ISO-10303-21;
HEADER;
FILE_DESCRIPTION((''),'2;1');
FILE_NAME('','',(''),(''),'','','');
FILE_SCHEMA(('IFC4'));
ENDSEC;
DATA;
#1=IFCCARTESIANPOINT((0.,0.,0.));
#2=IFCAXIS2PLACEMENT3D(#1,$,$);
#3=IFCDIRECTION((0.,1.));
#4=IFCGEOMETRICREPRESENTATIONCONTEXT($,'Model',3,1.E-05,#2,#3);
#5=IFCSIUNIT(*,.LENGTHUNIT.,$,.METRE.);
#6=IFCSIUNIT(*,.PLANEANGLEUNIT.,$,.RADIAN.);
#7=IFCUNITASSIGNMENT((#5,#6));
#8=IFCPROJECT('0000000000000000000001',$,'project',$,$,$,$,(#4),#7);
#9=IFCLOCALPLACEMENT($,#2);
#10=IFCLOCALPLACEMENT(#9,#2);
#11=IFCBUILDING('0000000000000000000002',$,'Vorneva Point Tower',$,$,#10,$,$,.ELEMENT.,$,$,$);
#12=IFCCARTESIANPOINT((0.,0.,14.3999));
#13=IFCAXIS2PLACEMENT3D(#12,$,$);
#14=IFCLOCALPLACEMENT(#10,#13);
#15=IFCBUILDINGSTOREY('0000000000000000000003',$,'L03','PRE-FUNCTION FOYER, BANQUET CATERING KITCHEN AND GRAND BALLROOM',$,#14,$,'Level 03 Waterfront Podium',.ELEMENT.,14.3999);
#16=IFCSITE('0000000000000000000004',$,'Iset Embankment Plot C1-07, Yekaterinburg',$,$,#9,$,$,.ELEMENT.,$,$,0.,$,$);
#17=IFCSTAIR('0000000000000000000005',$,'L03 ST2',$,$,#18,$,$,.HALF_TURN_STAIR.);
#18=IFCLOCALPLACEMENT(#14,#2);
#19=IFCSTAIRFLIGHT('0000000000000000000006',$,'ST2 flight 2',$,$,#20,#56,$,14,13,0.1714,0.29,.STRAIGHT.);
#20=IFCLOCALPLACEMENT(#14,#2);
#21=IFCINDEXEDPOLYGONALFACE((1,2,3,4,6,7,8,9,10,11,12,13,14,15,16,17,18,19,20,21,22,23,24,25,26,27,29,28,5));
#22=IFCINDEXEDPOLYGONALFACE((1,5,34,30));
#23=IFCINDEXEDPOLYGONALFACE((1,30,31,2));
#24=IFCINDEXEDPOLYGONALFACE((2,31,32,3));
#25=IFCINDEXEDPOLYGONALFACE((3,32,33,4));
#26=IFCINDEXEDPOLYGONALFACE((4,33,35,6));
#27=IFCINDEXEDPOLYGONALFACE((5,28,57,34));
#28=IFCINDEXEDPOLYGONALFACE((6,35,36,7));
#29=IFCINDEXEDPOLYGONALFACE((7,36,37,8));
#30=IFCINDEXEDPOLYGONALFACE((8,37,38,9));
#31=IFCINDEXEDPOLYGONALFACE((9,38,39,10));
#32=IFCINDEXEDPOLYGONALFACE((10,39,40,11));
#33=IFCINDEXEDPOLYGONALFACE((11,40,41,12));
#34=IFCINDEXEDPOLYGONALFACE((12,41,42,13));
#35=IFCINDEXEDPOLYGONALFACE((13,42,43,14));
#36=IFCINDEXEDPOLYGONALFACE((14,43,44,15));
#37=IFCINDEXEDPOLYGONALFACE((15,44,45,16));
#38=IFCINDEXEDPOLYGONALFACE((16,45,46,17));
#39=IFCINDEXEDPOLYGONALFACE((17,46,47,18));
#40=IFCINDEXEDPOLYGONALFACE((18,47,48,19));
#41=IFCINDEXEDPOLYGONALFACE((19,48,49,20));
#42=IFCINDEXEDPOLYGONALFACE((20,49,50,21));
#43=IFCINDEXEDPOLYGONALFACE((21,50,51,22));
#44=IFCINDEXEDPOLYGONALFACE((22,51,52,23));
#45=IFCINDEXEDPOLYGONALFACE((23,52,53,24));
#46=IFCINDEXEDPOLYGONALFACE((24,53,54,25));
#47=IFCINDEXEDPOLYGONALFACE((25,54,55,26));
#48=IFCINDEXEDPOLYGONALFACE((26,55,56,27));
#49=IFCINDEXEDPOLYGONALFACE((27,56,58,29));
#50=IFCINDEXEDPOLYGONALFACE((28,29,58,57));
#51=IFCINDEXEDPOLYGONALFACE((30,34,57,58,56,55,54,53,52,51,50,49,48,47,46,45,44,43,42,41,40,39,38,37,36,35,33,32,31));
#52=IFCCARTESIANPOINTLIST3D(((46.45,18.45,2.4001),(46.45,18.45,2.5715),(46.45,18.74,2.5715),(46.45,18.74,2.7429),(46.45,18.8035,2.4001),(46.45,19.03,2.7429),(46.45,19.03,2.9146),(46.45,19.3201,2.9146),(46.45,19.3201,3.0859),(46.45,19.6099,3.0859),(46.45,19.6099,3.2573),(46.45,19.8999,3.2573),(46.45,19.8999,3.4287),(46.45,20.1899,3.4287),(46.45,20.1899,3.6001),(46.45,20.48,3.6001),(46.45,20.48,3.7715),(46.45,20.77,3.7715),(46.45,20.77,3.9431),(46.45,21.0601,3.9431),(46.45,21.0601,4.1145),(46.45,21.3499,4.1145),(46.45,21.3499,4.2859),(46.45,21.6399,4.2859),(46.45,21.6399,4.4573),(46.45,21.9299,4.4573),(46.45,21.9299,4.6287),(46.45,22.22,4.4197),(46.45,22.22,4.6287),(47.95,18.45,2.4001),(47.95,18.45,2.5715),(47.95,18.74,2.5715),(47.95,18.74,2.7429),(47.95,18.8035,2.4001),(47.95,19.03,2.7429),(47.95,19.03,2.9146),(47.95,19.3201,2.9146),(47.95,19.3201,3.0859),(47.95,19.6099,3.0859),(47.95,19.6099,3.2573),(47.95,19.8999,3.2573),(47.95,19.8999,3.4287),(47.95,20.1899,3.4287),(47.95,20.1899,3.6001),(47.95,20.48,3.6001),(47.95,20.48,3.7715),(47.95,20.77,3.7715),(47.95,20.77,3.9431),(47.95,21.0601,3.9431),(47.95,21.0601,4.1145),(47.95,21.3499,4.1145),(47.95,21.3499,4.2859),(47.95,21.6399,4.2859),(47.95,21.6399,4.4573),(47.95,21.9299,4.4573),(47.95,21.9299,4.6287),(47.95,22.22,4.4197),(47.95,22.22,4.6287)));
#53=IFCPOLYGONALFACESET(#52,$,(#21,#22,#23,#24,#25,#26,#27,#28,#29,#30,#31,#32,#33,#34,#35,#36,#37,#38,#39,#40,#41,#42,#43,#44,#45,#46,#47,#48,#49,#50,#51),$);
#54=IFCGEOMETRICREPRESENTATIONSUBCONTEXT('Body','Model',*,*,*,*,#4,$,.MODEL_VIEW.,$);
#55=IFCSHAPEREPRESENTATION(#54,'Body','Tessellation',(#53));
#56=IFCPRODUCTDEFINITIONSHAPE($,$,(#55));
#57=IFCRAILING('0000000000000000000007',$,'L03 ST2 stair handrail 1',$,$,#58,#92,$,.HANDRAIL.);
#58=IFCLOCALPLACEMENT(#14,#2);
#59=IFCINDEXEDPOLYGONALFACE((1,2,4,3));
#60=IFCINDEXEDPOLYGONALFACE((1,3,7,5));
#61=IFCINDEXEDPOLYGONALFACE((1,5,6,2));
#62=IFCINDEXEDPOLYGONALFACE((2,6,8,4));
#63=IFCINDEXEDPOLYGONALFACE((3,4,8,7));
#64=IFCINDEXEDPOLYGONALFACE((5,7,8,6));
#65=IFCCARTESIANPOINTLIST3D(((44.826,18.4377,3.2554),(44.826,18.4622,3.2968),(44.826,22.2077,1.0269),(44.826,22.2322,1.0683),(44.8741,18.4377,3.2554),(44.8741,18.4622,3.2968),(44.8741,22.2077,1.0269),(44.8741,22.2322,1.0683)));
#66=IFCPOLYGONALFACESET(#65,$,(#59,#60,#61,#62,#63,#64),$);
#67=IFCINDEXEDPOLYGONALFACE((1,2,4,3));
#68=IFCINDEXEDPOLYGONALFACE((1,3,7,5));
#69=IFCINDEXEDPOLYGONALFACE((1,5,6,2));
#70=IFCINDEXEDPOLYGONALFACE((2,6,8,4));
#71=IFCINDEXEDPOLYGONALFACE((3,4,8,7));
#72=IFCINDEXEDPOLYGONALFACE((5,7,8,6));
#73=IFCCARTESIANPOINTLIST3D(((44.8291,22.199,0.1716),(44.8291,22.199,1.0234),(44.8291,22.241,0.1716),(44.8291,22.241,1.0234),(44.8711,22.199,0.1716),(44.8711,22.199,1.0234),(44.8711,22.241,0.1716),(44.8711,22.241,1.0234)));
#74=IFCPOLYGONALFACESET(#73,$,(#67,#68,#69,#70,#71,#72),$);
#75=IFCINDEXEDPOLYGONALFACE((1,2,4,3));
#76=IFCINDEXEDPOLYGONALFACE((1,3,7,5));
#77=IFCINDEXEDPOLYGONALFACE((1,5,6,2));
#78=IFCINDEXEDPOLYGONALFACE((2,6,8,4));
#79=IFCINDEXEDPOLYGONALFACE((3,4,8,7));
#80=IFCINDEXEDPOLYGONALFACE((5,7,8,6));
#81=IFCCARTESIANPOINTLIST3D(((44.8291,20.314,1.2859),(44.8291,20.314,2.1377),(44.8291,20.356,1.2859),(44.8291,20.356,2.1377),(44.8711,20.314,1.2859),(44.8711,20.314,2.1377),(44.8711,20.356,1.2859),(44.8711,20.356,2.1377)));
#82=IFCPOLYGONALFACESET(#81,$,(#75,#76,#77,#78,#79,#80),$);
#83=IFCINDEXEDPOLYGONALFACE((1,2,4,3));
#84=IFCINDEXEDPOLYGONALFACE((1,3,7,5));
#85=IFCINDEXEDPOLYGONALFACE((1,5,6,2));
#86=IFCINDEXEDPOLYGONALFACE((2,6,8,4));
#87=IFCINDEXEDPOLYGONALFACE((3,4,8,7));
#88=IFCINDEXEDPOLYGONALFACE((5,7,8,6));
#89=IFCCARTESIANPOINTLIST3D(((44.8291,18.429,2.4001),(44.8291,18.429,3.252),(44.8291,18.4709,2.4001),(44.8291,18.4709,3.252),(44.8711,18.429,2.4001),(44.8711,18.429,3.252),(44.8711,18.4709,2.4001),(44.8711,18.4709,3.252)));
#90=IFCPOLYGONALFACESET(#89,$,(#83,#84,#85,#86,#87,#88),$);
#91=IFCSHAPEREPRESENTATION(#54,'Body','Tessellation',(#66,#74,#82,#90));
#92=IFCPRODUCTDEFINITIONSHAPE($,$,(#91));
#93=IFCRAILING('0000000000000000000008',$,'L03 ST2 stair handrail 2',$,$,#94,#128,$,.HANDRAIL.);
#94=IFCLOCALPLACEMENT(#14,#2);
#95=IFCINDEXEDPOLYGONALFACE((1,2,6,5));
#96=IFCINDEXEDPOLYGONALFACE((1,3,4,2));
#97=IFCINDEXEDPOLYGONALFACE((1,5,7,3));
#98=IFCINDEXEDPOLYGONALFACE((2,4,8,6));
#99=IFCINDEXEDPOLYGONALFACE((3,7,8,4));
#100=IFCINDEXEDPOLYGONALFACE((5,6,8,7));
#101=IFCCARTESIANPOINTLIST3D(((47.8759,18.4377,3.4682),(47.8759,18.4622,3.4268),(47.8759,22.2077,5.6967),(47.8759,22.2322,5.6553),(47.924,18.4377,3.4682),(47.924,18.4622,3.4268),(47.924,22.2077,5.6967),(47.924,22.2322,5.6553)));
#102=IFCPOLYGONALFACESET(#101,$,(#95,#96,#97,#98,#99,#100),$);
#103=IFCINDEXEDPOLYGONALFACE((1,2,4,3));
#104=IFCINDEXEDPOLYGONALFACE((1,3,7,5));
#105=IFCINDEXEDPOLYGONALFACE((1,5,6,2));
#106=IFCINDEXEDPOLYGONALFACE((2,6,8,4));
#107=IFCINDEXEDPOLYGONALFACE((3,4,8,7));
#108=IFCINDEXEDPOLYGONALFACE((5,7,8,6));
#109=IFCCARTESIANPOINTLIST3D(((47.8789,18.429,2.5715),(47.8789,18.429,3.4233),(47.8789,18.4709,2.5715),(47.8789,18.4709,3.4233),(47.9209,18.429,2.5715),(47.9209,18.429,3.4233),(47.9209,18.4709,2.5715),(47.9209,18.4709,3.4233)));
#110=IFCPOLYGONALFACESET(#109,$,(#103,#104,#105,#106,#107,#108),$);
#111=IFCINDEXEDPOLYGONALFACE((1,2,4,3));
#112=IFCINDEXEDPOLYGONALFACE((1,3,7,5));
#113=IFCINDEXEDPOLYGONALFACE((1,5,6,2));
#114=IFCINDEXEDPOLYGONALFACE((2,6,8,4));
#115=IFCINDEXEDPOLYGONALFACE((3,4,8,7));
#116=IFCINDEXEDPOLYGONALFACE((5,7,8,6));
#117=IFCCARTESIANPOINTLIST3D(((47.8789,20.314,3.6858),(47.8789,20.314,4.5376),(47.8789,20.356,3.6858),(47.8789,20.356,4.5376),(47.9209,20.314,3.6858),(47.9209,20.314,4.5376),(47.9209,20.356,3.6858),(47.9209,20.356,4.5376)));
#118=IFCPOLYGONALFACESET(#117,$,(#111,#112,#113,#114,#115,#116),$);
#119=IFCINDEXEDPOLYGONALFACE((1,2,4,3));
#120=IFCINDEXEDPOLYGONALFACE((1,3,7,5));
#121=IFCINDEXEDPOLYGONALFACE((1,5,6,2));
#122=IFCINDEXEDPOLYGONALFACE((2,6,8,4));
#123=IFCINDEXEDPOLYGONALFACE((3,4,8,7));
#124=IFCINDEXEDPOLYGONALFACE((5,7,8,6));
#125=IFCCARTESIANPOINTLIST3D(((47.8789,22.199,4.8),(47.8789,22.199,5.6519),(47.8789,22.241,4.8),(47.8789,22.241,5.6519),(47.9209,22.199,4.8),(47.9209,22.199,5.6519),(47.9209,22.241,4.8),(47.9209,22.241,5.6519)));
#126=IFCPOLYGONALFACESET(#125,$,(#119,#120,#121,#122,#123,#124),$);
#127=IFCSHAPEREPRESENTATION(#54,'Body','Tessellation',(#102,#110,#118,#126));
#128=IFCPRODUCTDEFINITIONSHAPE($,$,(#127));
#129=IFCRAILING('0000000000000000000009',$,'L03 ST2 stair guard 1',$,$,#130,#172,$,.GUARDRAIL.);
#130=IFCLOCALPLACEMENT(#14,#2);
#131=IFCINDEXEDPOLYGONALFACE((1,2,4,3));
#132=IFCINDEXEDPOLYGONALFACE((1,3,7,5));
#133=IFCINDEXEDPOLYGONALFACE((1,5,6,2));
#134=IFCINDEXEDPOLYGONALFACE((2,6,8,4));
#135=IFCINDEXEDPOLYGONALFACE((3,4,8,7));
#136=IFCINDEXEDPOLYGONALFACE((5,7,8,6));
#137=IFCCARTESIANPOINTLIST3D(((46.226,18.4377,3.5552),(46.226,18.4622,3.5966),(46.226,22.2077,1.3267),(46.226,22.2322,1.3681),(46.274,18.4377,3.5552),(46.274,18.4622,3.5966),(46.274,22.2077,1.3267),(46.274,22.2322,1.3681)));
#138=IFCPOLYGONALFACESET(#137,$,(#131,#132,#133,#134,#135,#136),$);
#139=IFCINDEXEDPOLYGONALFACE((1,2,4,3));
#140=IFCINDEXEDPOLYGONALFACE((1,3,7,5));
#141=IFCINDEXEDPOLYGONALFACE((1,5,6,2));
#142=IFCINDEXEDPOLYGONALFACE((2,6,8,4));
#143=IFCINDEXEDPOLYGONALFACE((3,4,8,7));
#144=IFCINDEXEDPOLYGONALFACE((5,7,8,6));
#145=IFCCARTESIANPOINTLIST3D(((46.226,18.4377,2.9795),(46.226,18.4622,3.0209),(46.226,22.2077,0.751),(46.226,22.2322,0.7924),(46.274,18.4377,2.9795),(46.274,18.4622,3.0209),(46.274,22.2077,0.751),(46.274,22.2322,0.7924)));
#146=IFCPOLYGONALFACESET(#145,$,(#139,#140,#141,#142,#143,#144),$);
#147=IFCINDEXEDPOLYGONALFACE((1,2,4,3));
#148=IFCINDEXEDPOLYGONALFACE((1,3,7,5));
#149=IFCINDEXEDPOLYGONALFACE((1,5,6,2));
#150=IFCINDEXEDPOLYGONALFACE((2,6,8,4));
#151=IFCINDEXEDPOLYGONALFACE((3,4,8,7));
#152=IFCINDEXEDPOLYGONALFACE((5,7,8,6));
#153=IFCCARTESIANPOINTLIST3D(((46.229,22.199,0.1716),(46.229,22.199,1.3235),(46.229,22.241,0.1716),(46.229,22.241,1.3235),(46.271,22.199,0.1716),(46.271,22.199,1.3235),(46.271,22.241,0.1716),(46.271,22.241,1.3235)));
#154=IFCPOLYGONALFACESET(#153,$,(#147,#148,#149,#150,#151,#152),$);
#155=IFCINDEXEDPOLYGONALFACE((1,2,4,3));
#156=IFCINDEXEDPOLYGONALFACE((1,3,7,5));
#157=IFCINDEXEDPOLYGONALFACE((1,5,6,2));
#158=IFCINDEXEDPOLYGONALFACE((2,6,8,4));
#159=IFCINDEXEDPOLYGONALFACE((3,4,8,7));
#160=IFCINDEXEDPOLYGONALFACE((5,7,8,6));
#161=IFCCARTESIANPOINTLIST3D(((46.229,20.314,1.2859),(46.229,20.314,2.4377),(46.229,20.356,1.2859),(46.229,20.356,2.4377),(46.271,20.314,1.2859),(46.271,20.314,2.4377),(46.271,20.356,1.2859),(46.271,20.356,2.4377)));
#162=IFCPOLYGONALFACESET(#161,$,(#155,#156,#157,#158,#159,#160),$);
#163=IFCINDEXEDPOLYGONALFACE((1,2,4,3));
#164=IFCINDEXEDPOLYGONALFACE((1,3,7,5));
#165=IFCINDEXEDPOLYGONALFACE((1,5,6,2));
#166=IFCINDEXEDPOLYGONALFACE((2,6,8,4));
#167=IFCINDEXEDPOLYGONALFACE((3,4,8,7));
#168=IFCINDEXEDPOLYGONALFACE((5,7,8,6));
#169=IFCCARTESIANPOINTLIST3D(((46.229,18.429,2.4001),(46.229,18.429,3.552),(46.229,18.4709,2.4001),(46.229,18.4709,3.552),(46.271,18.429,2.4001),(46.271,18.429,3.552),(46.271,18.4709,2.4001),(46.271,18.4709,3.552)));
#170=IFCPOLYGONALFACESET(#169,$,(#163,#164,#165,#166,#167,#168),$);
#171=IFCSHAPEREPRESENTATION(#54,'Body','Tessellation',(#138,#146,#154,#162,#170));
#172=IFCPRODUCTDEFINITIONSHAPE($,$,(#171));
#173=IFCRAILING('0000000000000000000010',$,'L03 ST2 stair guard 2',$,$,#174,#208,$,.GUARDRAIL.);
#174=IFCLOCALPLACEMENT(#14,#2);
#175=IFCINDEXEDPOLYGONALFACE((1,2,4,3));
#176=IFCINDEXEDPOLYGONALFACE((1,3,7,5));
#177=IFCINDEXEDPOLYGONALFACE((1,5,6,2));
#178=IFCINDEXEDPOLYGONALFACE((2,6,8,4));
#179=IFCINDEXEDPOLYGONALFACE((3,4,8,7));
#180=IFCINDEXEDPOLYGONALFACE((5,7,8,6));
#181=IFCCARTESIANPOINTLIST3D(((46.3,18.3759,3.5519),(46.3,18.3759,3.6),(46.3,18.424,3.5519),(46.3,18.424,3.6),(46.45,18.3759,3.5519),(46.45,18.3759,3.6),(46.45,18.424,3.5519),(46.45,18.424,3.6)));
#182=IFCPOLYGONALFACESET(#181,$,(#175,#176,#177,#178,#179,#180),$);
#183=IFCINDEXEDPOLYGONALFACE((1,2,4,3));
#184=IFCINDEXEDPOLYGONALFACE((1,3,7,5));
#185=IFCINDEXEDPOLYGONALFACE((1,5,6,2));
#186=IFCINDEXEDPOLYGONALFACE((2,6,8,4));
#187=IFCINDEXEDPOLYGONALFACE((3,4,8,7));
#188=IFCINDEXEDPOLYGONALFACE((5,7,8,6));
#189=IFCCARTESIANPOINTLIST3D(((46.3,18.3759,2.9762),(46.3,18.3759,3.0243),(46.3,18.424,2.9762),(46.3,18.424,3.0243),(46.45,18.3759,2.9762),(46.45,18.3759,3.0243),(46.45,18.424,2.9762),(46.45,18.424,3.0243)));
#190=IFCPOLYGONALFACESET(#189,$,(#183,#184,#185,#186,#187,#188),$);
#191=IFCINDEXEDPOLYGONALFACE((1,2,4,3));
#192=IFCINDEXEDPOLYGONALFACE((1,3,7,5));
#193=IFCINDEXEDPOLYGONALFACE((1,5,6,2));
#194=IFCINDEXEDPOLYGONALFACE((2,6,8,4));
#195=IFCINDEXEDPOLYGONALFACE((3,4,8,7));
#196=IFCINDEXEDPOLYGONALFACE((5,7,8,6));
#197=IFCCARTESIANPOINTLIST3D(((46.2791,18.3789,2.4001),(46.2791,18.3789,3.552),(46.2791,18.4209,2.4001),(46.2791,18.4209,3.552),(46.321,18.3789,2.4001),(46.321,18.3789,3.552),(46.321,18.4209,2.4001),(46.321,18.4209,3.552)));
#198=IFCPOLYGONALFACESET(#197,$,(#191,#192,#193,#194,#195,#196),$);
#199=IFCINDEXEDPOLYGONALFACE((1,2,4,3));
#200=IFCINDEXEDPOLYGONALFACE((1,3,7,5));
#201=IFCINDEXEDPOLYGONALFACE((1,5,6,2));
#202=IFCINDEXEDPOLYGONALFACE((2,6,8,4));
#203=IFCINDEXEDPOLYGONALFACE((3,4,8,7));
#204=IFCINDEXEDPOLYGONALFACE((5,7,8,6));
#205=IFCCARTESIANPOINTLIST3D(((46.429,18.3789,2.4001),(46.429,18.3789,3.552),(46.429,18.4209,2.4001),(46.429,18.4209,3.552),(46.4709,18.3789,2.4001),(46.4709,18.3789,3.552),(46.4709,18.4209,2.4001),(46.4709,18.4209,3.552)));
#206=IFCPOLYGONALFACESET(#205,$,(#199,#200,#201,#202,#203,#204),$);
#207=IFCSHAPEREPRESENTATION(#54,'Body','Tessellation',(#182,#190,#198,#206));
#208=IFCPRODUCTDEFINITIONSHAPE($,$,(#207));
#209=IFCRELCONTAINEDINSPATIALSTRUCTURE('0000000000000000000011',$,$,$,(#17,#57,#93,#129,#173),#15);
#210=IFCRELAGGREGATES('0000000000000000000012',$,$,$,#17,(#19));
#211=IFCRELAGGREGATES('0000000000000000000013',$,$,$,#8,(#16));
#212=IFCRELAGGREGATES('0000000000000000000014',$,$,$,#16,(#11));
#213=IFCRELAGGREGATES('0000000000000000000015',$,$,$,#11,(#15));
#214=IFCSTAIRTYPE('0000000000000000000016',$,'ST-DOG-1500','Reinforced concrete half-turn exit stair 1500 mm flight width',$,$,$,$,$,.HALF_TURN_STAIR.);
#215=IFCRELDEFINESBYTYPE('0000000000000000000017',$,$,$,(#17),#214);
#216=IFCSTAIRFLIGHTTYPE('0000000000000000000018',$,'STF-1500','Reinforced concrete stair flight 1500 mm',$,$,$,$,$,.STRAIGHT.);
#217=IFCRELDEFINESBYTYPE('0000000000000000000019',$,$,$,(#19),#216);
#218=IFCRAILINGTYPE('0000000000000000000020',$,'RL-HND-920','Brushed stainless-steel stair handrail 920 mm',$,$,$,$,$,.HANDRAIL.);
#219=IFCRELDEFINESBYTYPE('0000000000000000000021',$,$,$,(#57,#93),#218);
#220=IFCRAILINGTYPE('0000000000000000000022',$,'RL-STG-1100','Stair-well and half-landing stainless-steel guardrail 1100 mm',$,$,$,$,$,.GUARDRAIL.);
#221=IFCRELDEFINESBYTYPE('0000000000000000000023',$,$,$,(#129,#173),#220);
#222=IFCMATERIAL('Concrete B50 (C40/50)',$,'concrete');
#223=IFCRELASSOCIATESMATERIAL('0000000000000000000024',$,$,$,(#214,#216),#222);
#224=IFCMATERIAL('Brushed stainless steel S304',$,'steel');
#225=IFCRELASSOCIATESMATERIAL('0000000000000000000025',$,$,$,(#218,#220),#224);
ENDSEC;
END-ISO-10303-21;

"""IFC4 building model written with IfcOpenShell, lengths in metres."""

from ifc_helpers import new_model, si_unit, direction, frame, origin, origin_2d, place, context, subcontext, project, spatial, polyline, rectangle, outline, extrude, material, type_object, element, aggregate, save


model = new_model("IFC4")

# Units and contexts
model_context = context("Model", 3, precision=1e-05, world=origin(), true_north=direction((0.0, 1.0)))
body_context = subcontext(model_context, "Body", "Model", "MODEL_VIEW")
ifc_project = project(units=[si_unit("LENGTHUNIT", "METRE"), si_unit("PLANEANGLEUNIT", "RADIAN")], contexts=[model_context])

# Site, building, storey
site_placement = place(None, origin())
site = spatial("IfcSite", under=ifc_project, at=site_placement, Name="Iset Embankment Plot C1-07, Yekaterinburg", CompositionType="ELEMENT", RefElevation=0.0)
building_placement = place(site_placement, origin())
building = spatial("IfcBuilding", under=site, at=building_placement, Name="Vorneva Point Tower", CompositionType="ELEMENT")
storey_placement = place(building_placement, frame((0.0, 0.0, 14.3999)))
storey = spatial("IfcBuildingStorey", under=building, at=storey_placement, Name="L03", Description="PRE-FUNCTION FOYER, BANQUET CATERING KITCHEN AND GRAND BALLROOM", LongName="Level 03 Waterfront Podium", CompositionType="ELEMENT", Elevation=14.3999)

# Shared definitions
ifc_material_1 = material(Name="Concrete B50 (C40/50)", Category="concrete")

# Stair, stair flight
stair_type = type_object("IfcStairType", Name="ST-DOG-1500", Description="Reinforced concrete half-turn exit stair 1500 mm flight width", PredefinedType="HALF_TURN_STAIR", material=ifc_material_1)
stair_placement = place(storey_placement, origin())
stair = element("IfcStair", 1, at=stair_placement, inside=storey, type_object=stair_type, Name="L03 ST2", PredefinedType="HALF_TURN_STAIR")
stair_flight_type = type_object("IfcStairFlightType", Name="STF-1500", Description="Reinforced concrete stair flight 1500 mm", PredefinedType="STRAIGHT", material=ifc_material_1)
stair_flight_1_placement = place(storey_placement, frame((47.2, 18.45, 2.4001), z_axis=(0.0, 0.0, 1.0), x_axis=(0.0, 1.0, 0.0)))
stair_flight_1 = element("IfcStairFlight", 2, at=stair_flight_1_placement, type_object=stair_flight_type, Name="ST2 flight 2", NumberOfRisers=14, NumberOfTreads=13, PredefinedType="STRAIGHT", RiserHeight=0.1714, TreadLength=0.29, context=body_context, shape_type="SweptSolid", body=[
    extrude(outline(polyline([(0.0, 0.0), (0.0, 0.1714), (0.29, 0.1714), (0.29, 0.3428), (0.5801, 0.3428), (0.5801, 0.5144), (0.8701, 0.5144), (0.8701, 0.6858), (1.1599, 0.6858), (1.1599, 0.8572), (1.45, 0.8572), (1.45, 1.0286), (1.74, 1.0286), (1.74, 1.2), (2.03, 1.2), (2.03, 1.3713), (2.3201, 1.3713), (2.3201, 1.543), (2.6101, 1.543), (2.6101, 1.7144), (2.8999, 1.7144), (2.8999, 1.8857), (3.1899, 1.8857), (3.1899, 2.0571), (3.48, 2.0571), (3.48, 2.2285), (3.77, 2.2285), (3.77, 2.3999), (3.77, 2.0195), (0.3535, 0.0), (0.0, 0.0)])), frame((0.0, 0.75, 0.0), z_axis=(0.0, -1.0, 0.0), x_axis=(1.0, 0.0, 0.0)), (0.0, 0.0, 1.0), 1.5),
])
aggregate(stair, [stair_flight_1])

# Railings
ifc_material_2 = material(Name="Brushed stainless steel S304", Category="steel")
railing_type_1 = type_object("IfcRailingType", Name="RL-HND-920", Description="Brushed stainless-steel stair handrail 920 mm", PredefinedType="HANDRAIL", material=ifc_material_2)
railing_1_placement = place(storey_placement, frame((44.8501, 22.22, 0.1716)))
element("IfcRailing", 3, at=railing_1_placement, inside=storey, type_object=railing_type_1, Name="L03 ST2 stair handrail 1", PredefinedType="HANDRAIL", context=body_context, shape_type="SweptSolid", body=[
    extrude(rectangle(XDim=0.0481, YDim=0.0481, at=origin_2d()), frame((0.0, 0.0, 0.876), z_axis=(0.0, -0.860849, 0.508861), x_axis=(1.0, 0.0, 0.0)), (0.0, 0.0, 1.0), 4.3794),
    extrude(rectangle(XDim=0.042, YDim=0.042, at=origin_2d()), origin(), (0.0, 0.0, 1.0), 0.8518),
    extrude(rectangle(XDim=0.042, YDim=0.042, at=origin_2d()), frame((0.0, -1.885, 1.1143)), (0.0, 0.0, 1.0), 0.8518),
    extrude(rectangle(XDim=0.042, YDim=0.042, at=origin_2d()), frame((0.0, -3.77, 2.2285)), (0.0, 0.0, 1.0), 0.8518),
])
railing_2_placement = place(storey_placement, frame((47.8999, 18.45, 2.5715)))
element("IfcRailing", 4, at=railing_2_placement, inside=storey, type_object=railing_type_1, Name="L03 ST2 stair handrail 2", PredefinedType="HANDRAIL", context=body_context, shape_type="SweptSolid", body=[
    extrude(rectangle(XDim=0.0481, YDim=0.0481, at=origin_2d()), frame((0.0, 0.0, 0.876), z_axis=(0.0, 0.860849, 0.508861), x_axis=(-1.0, 0.0, 0.0)), (0.0, 0.0, 1.0), 4.3794),
    extrude(rectangle(XDim=0.042, YDim=0.042, at=origin_2d()), origin(), (0.0, 0.0, 1.0), 0.8518),
    extrude(rectangle(XDim=0.042, YDim=0.042, at=origin_2d()), frame((0.0, 1.885, 1.1143)), (0.0, 0.0, 1.0), 0.8518),
    extrude(rectangle(XDim=0.042, YDim=0.042, at=origin_2d()), frame((0.0, 3.77, 2.2285)), (0.0, 0.0, 1.0), 0.8518),
])
railing_type_2 = type_object("IfcRailingType", Name="RL-STG-1100", Description="Stair-well and half-landing stainless-steel guardrail 1100 mm", PredefinedType="GUARDRAIL", material=ifc_material_2)
railing_3_placement = place(storey_placement, frame((46.25, 22.22, 0.1716)))
element("IfcRailing", 5, at=railing_3_placement, inside=storey, type_object=railing_type_2, Name="L03 ST2 stair guard 1", PredefinedType="GUARDRAIL", context=body_context, shape_type="SweptSolid", body=[
    extrude(rectangle(XDim=0.0481, YDim=0.0481, at=origin_2d()), frame((0.0, 0.0, 1.1758), z_axis=(0.0, -0.860849, 0.508861), x_axis=(1.0, 0.0, 0.0)), (0.0, 0.0, 1.0), 4.3794),
    extrude(rectangle(XDim=0.0481, YDim=0.0481, at=origin_2d()), frame((0.0, 0.0, 0.6001), z_axis=(0.0, -0.860849, 0.508861), x_axis=(1.0, 0.0, 0.0)), (0.0, 0.0, 1.0), 4.3794),
    extrude(rectangle(XDim=0.042, YDim=0.042, at=origin_2d()), origin(), (0.0, 0.0, 1.0), 1.1519),
    extrude(rectangle(XDim=0.042, YDim=0.042, at=origin_2d()), frame((0.0, -1.885, 1.1143)), (0.0, 0.0, 1.0), 1.1519),
    extrude(rectangle(XDim=0.042, YDim=0.042, at=origin_2d()), frame((0.0, -3.77, 2.2285)), (0.0, 0.0, 1.0), 1.1519),
])
railing_4_placement = place(storey_placement, frame((46.3, 18.3999, 2.4001)))
element("IfcRailing", 6, at=railing_4_placement, inside=storey, type_object=railing_type_2, Name="L03 ST2 stair guard 2", PredefinedType="GUARDRAIL", context=body_context, shape_type="SweptSolid", body=[
    extrude(rectangle(XDim=0.0481, YDim=0.0481, at=origin_2d()), frame((0.0, 0.0, 1.1758), z_axis=(1.0, 0.0, 0.0), x_axis=(0.0, 1.0, 0.0)), (0.0, 0.0, 1.0), 0.1499),
    extrude(rectangle(XDim=0.0481, YDim=0.0481, at=origin_2d()), frame((0.0, 0.0, 0.6001), z_axis=(1.0, 0.0, 0.0), x_axis=(0.0, 1.0, 0.0)), (0.0, 0.0, 1.0), 0.1499),
    extrude(rectangle(XDim=0.042, YDim=0.042, at=origin_2d()), origin(), (0.0, 0.0, 1.0), 1.1519),
    extrude(rectangle(XDim=0.042, YDim=0.042, at=origin_2d()), frame((0.1499, 0.0, 0.0)), (0.0, 0.0, 1.0), 1.1519),
])

save(model, "model.ifc")
